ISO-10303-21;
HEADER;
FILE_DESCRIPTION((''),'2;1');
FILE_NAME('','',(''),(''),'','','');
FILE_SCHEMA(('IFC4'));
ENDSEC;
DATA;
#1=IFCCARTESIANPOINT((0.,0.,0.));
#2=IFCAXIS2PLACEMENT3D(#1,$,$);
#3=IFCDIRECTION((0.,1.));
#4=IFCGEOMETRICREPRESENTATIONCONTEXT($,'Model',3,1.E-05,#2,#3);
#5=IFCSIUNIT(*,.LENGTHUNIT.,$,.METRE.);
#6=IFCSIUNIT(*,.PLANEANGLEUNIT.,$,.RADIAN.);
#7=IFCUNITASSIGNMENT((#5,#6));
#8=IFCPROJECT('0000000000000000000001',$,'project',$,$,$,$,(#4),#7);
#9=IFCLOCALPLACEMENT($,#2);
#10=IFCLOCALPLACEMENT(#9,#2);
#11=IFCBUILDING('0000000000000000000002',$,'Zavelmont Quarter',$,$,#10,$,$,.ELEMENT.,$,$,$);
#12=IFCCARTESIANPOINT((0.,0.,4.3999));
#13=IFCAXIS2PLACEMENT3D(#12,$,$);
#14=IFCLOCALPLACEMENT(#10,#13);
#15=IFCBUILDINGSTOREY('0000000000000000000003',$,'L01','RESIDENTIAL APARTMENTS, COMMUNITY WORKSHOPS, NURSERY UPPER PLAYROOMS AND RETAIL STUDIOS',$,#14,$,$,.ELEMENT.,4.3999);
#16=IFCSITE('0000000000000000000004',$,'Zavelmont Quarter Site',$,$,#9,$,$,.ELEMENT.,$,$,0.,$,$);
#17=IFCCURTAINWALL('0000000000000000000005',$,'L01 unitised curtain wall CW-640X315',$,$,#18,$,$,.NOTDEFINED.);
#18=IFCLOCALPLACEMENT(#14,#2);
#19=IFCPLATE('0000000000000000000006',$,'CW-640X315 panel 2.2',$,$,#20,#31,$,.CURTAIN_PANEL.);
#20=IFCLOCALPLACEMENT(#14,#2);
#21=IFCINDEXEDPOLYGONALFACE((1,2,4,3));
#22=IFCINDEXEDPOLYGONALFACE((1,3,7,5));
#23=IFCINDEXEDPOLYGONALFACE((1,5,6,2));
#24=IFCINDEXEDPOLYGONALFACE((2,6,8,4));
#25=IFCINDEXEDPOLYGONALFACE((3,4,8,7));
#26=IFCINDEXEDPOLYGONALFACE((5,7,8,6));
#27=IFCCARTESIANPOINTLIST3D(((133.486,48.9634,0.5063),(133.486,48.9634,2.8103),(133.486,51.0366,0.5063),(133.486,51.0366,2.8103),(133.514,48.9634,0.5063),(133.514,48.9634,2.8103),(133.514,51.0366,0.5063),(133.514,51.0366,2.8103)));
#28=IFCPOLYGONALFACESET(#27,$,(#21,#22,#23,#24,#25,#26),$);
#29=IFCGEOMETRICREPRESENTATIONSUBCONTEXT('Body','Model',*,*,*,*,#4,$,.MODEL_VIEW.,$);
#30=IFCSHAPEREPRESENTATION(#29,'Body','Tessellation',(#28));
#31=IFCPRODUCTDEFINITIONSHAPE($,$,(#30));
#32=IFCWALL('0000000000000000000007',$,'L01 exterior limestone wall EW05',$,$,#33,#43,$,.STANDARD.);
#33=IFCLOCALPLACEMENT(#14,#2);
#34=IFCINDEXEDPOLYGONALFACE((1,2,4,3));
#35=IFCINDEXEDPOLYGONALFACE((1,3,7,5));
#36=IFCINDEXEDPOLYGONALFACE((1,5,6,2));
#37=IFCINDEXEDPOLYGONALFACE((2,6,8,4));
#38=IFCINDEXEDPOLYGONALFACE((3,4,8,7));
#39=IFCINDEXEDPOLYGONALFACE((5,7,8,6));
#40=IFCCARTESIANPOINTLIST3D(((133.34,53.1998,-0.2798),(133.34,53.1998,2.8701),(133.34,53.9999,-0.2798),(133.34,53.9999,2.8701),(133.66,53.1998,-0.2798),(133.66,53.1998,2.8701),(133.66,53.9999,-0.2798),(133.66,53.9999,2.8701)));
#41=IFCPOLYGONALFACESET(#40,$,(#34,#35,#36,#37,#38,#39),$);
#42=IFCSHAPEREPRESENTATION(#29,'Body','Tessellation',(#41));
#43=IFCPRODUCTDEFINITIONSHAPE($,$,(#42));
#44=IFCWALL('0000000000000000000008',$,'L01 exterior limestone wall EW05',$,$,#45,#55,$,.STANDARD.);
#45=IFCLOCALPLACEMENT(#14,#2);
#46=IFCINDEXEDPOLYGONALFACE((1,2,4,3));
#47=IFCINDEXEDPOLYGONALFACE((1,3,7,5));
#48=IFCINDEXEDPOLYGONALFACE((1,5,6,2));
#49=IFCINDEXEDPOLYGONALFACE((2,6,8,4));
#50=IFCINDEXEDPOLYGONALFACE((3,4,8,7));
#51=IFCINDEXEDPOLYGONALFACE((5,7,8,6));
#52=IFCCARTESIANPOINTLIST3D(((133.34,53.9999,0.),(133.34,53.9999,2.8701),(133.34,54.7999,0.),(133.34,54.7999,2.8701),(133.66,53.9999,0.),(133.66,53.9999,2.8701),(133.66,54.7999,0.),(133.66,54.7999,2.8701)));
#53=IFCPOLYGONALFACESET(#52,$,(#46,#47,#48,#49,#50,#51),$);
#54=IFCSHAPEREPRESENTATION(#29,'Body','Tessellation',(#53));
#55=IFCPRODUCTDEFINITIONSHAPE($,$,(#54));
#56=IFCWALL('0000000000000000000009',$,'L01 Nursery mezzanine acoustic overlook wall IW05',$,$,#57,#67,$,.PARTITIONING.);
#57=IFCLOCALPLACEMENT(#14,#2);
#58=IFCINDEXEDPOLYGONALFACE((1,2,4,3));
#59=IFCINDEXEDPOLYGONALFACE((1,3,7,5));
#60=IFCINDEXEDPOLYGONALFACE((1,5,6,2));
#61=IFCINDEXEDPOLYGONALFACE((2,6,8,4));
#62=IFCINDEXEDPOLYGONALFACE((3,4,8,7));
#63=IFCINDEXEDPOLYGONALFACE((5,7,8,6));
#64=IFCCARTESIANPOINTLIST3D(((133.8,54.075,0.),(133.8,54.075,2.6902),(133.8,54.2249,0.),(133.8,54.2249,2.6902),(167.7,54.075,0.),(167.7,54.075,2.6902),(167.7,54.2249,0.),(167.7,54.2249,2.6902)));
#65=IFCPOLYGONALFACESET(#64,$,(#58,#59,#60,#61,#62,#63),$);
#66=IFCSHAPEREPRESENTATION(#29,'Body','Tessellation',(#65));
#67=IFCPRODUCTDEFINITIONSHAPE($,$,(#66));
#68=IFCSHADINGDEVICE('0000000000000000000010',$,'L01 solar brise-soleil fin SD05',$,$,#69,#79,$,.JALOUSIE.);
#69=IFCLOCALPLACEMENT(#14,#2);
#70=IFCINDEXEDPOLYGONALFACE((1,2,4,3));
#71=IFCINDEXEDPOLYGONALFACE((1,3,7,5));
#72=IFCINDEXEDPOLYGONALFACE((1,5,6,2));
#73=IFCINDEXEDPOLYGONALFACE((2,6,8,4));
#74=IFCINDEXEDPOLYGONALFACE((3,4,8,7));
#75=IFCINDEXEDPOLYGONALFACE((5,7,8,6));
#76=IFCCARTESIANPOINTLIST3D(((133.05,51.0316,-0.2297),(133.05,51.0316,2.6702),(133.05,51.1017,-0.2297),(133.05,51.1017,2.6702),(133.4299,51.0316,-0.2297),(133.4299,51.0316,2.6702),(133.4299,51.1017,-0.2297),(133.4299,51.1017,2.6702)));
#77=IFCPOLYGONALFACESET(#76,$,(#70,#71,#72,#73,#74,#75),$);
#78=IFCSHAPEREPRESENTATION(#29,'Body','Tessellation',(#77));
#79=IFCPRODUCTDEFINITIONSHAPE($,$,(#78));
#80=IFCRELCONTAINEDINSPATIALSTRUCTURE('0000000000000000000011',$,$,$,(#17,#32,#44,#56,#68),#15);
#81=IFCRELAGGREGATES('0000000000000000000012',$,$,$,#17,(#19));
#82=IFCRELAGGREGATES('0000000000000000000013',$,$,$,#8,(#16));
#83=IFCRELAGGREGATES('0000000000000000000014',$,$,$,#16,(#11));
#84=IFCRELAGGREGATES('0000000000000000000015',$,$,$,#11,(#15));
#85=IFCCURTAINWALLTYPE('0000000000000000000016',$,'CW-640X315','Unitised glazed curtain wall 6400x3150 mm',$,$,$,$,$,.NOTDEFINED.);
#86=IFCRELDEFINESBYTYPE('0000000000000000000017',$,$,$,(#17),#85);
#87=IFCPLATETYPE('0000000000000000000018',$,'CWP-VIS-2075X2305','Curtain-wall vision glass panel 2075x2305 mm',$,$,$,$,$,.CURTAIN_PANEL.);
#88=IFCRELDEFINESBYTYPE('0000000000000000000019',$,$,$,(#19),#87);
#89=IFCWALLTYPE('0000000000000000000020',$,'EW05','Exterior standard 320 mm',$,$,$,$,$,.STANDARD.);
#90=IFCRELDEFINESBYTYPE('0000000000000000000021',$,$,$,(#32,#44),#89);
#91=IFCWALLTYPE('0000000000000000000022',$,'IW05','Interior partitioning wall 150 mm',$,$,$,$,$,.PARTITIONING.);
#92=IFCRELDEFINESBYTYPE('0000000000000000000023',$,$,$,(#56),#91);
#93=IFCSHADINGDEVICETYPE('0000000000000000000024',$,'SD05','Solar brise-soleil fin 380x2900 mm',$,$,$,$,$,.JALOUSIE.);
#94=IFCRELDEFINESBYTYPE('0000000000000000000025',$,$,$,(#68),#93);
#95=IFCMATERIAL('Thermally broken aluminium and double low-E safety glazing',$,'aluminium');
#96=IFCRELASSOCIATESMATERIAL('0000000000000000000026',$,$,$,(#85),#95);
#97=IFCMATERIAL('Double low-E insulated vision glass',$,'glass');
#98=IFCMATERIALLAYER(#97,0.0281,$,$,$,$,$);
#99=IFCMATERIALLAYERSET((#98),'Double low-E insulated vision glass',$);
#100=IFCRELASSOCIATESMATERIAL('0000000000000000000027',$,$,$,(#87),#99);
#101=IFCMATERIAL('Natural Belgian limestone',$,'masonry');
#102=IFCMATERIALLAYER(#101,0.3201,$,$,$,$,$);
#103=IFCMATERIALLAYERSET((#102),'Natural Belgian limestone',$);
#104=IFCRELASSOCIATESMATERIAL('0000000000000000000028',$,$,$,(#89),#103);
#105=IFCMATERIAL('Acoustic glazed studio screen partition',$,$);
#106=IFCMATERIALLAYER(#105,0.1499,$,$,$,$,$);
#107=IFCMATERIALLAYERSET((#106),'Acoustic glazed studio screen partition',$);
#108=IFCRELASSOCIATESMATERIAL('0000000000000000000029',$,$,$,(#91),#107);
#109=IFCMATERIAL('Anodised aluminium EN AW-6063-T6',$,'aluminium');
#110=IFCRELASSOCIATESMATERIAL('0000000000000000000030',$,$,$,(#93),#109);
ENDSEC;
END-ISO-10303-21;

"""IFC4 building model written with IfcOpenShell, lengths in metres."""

from ifc_helpers import new_model, si_unit, direction, frame, frame_2d, origin, origin_2d, place, context, subcontext, project, spatial, rectangle, extrude, material, layer, layer_set, type_object, element, aggregate, save


model = new_model("IFC4")

# Units and contexts
model_context = context("Model", 3, precision=1e-05, world=origin(), true_north=direction((0.0, 1.0)))
body_context = subcontext(model_context, "Body", "Model", "MODEL_VIEW")
ifc_project = project(units=[si_unit("LENGTHUNIT", "METRE"), si_unit("PLANEANGLEUNIT", "RADIAN")], contexts=[model_context])

# Site, building, storey
site_placement = place(None, origin())
site = spatial("IfcSite", under=ifc_project, at=site_placement, Name="Zavelmont Quarter Site", CompositionType="ELEMENT", RefElevation=0.0)
building_placement = place(site_placement, origin())
building = spatial("IfcBuilding", under=site, at=building_placement, Name="Zavelmont Quarter", CompositionType="ELEMENT")
storey_placement = place(building_placement, frame((0.0, 0.0, 4.3999)))
storey = spatial("IfcBuildingStorey", under=building, at=storey_placement, Name="L01", Description="RESIDENTIAL APARTMENTS, COMMUNITY WORKSHOPS, NURSERY UPPER PLAYROOMS AND RETAIL STUDIOS", CompositionType="ELEMENT", Elevation=4.3999)

# Curtain wall
ifc_material_1 = material(Name="Thermally broken aluminium and double low-E safety glazing", Category="aluminium")
curtain_wall_type_1 = type_object("IfcCurtainWallType", Name="CW-640X315", Description="Unitised glazed curtain wall 6400x3150 mm", PredefinedType="NOTDEFINED", material=ifc_material_1)
curtain_wall_1_placement = place(storey_placement, origin())
curtain_wall_1 = element("IfcCurtainWall", 1, at=curtain_wall_1_placement, inside=storey, type_object=curtain_wall_type_1, Name="L01 unitised curtain wall CW-640X315", PredefinedType="NOTDEFINED")

# Plate
ifc_material_2 = material(Name="Double low-E insulated vision glass", Category="glass")
ifc_layer_1 = layer(ifc_material_2, 0.0281)
ifc_layer_set_1 = layer_set([ifc_layer_1], Name="Double low-E insulated vision glass")
plate_type_1 = type_object("IfcPlateType", Name="CWP-VIS-2075X2305", Description="Curtain-wall vision glass panel 2075x2305 mm", PredefinedType="CURTAIN_PANEL", material=ifc_layer_set_1)
plate_1_placement = place(storey_placement, frame((133.5, 50.0, 0.5063), z_axis=(0.0, 0.0, 1.0), x_axis=(0.0, 1.0, 0.0)))
plate_1 = element("IfcPlate", 2, at=plate_1_placement, type_object=plate_type_1, Name="CW-640X315 panel 2.2", PredefinedType="CURTAIN_PANEL", context=body_context, shape_type="SweptSolid", body=[
    extrude(rectangle(XDim=2.0732, YDim=0.0281, at=origin_2d()), origin(), (0.0, 0.0, 1.0), 2.304),
])
aggregate(curtain_wall_1, [plate_1])

# Walls
ifc_material_3 = material(Name="Natural Belgian limestone", Category="masonry")
ifc_layer_2 = layer(ifc_material_3, 0.3201)
ifc_layer_set_2 = layer_set([ifc_layer_2], Name="Natural Belgian limestone")
wall_type_1 = type_object("IfcWallType", Name="EW05", Description="Exterior standard 320 mm", PredefinedType="STANDARD", material=ifc_layer_set_2)
wall_1_placement = place(storey_placement, frame((133.5, 53.2, -0.2798), z_axis=(0.0, 0.0, 1.0), x_axis=(0.0, 1.0, 0.0)))
element("IfcWall", 3, at=wall_1_placement, inside=storey, type_object=wall_type_1, Name="L01 exterior limestone wall EW05", PredefinedType="STANDARD", context=body_context, shape_type="SweptSolid", body=[
    extrude(rectangle(XDim=0.8, YDim=0.3201, at=frame_2d((0.3999, 0.0))), origin(), (0.0, 0.0, 1.0), 3.1499),
])
wall_2_placement = place(storey_placement, frame((133.5, 54.0, 0.0), z_axis=(0.0, 0.0, 1.0), x_axis=(0.0, 1.0, 0.0)))
element("IfcWall", 4, at=wall_2_placement, inside=storey, type_object=wall_type_1, Name="L01 exterior limestone wall EW05", PredefinedType="STANDARD", context=body_context, shape_type="SweptSolid", body=[
    extrude(rectangle(XDim=0.8, YDim=0.3201, at=frame_2d((0.3999, 0.0))), origin(), (0.0, 0.0, 1.0), 2.8701),
])
ifc_material_4 = material(Name="Acoustic glazed studio screen partition")
ifc_layer_3 = layer(ifc_material_4, 0.1499)
ifc_layer_set_3 = layer_set([ifc_layer_3], Name="Acoustic glazed studio screen partition")
wall_type_2 = type_object("IfcWallType", Name="IW05", Description="Interior partitioning wall 150 mm", PredefinedType="PARTITIONING", material=ifc_layer_set_3)
wall_3_placement = place(storey_placement, frame((133.8, 54.1499, 0.0), z_axis=(0.0, 0.0, 1.0), x_axis=(1.0, 0.0, 0.0)))
element("IfcWall", 5, at=wall_3_placement, inside=storey, type_object=wall_type_2, Name="L01 Nursery mezzanine acoustic overlook wall IW05", PredefinedType="PARTITIONING", context=body_context, shape_type="SweptSolid", body=[
    extrude(rectangle(XDim=33.8999, YDim=0.1499, at=frame_2d((16.95, 0.0))), origin(), (0.0, 0.0, 1.0), 2.6902),
])

# Shading device
ifc_material_5 = material(Name="Anodised aluminium EN AW-6063-T6", Category="aluminium")
shading_device_type = type_object("IfcShadingDeviceType", Name="SD05", Description="Solar brise-soleil fin 380x2900 mm", PredefinedType="JALOUSIE", material=ifc_material_5)
shading_device_placement = place(storey_placement, frame((133.24, 51.0667, -0.2297), z_axis=(0.0, 0.0, 1.0), x_axis=(0.0, 1.0, 0.0)))
element("IfcShadingDevice", 6, at=shading_device_placement, inside=storey, type_object=shading_device_type, Name="L01 solar brise-soleil fin SD05", PredefinedType="JALOUSIE", context=body_context, shape_type="SweptSolid", body=[
    extrude(rectangle(XDim=0.0701, YDim=0.3799, at=origin_2d()), origin(), (0.0, 0.0, 1.0), 2.8999),
])

save(model, "model.ifc")
